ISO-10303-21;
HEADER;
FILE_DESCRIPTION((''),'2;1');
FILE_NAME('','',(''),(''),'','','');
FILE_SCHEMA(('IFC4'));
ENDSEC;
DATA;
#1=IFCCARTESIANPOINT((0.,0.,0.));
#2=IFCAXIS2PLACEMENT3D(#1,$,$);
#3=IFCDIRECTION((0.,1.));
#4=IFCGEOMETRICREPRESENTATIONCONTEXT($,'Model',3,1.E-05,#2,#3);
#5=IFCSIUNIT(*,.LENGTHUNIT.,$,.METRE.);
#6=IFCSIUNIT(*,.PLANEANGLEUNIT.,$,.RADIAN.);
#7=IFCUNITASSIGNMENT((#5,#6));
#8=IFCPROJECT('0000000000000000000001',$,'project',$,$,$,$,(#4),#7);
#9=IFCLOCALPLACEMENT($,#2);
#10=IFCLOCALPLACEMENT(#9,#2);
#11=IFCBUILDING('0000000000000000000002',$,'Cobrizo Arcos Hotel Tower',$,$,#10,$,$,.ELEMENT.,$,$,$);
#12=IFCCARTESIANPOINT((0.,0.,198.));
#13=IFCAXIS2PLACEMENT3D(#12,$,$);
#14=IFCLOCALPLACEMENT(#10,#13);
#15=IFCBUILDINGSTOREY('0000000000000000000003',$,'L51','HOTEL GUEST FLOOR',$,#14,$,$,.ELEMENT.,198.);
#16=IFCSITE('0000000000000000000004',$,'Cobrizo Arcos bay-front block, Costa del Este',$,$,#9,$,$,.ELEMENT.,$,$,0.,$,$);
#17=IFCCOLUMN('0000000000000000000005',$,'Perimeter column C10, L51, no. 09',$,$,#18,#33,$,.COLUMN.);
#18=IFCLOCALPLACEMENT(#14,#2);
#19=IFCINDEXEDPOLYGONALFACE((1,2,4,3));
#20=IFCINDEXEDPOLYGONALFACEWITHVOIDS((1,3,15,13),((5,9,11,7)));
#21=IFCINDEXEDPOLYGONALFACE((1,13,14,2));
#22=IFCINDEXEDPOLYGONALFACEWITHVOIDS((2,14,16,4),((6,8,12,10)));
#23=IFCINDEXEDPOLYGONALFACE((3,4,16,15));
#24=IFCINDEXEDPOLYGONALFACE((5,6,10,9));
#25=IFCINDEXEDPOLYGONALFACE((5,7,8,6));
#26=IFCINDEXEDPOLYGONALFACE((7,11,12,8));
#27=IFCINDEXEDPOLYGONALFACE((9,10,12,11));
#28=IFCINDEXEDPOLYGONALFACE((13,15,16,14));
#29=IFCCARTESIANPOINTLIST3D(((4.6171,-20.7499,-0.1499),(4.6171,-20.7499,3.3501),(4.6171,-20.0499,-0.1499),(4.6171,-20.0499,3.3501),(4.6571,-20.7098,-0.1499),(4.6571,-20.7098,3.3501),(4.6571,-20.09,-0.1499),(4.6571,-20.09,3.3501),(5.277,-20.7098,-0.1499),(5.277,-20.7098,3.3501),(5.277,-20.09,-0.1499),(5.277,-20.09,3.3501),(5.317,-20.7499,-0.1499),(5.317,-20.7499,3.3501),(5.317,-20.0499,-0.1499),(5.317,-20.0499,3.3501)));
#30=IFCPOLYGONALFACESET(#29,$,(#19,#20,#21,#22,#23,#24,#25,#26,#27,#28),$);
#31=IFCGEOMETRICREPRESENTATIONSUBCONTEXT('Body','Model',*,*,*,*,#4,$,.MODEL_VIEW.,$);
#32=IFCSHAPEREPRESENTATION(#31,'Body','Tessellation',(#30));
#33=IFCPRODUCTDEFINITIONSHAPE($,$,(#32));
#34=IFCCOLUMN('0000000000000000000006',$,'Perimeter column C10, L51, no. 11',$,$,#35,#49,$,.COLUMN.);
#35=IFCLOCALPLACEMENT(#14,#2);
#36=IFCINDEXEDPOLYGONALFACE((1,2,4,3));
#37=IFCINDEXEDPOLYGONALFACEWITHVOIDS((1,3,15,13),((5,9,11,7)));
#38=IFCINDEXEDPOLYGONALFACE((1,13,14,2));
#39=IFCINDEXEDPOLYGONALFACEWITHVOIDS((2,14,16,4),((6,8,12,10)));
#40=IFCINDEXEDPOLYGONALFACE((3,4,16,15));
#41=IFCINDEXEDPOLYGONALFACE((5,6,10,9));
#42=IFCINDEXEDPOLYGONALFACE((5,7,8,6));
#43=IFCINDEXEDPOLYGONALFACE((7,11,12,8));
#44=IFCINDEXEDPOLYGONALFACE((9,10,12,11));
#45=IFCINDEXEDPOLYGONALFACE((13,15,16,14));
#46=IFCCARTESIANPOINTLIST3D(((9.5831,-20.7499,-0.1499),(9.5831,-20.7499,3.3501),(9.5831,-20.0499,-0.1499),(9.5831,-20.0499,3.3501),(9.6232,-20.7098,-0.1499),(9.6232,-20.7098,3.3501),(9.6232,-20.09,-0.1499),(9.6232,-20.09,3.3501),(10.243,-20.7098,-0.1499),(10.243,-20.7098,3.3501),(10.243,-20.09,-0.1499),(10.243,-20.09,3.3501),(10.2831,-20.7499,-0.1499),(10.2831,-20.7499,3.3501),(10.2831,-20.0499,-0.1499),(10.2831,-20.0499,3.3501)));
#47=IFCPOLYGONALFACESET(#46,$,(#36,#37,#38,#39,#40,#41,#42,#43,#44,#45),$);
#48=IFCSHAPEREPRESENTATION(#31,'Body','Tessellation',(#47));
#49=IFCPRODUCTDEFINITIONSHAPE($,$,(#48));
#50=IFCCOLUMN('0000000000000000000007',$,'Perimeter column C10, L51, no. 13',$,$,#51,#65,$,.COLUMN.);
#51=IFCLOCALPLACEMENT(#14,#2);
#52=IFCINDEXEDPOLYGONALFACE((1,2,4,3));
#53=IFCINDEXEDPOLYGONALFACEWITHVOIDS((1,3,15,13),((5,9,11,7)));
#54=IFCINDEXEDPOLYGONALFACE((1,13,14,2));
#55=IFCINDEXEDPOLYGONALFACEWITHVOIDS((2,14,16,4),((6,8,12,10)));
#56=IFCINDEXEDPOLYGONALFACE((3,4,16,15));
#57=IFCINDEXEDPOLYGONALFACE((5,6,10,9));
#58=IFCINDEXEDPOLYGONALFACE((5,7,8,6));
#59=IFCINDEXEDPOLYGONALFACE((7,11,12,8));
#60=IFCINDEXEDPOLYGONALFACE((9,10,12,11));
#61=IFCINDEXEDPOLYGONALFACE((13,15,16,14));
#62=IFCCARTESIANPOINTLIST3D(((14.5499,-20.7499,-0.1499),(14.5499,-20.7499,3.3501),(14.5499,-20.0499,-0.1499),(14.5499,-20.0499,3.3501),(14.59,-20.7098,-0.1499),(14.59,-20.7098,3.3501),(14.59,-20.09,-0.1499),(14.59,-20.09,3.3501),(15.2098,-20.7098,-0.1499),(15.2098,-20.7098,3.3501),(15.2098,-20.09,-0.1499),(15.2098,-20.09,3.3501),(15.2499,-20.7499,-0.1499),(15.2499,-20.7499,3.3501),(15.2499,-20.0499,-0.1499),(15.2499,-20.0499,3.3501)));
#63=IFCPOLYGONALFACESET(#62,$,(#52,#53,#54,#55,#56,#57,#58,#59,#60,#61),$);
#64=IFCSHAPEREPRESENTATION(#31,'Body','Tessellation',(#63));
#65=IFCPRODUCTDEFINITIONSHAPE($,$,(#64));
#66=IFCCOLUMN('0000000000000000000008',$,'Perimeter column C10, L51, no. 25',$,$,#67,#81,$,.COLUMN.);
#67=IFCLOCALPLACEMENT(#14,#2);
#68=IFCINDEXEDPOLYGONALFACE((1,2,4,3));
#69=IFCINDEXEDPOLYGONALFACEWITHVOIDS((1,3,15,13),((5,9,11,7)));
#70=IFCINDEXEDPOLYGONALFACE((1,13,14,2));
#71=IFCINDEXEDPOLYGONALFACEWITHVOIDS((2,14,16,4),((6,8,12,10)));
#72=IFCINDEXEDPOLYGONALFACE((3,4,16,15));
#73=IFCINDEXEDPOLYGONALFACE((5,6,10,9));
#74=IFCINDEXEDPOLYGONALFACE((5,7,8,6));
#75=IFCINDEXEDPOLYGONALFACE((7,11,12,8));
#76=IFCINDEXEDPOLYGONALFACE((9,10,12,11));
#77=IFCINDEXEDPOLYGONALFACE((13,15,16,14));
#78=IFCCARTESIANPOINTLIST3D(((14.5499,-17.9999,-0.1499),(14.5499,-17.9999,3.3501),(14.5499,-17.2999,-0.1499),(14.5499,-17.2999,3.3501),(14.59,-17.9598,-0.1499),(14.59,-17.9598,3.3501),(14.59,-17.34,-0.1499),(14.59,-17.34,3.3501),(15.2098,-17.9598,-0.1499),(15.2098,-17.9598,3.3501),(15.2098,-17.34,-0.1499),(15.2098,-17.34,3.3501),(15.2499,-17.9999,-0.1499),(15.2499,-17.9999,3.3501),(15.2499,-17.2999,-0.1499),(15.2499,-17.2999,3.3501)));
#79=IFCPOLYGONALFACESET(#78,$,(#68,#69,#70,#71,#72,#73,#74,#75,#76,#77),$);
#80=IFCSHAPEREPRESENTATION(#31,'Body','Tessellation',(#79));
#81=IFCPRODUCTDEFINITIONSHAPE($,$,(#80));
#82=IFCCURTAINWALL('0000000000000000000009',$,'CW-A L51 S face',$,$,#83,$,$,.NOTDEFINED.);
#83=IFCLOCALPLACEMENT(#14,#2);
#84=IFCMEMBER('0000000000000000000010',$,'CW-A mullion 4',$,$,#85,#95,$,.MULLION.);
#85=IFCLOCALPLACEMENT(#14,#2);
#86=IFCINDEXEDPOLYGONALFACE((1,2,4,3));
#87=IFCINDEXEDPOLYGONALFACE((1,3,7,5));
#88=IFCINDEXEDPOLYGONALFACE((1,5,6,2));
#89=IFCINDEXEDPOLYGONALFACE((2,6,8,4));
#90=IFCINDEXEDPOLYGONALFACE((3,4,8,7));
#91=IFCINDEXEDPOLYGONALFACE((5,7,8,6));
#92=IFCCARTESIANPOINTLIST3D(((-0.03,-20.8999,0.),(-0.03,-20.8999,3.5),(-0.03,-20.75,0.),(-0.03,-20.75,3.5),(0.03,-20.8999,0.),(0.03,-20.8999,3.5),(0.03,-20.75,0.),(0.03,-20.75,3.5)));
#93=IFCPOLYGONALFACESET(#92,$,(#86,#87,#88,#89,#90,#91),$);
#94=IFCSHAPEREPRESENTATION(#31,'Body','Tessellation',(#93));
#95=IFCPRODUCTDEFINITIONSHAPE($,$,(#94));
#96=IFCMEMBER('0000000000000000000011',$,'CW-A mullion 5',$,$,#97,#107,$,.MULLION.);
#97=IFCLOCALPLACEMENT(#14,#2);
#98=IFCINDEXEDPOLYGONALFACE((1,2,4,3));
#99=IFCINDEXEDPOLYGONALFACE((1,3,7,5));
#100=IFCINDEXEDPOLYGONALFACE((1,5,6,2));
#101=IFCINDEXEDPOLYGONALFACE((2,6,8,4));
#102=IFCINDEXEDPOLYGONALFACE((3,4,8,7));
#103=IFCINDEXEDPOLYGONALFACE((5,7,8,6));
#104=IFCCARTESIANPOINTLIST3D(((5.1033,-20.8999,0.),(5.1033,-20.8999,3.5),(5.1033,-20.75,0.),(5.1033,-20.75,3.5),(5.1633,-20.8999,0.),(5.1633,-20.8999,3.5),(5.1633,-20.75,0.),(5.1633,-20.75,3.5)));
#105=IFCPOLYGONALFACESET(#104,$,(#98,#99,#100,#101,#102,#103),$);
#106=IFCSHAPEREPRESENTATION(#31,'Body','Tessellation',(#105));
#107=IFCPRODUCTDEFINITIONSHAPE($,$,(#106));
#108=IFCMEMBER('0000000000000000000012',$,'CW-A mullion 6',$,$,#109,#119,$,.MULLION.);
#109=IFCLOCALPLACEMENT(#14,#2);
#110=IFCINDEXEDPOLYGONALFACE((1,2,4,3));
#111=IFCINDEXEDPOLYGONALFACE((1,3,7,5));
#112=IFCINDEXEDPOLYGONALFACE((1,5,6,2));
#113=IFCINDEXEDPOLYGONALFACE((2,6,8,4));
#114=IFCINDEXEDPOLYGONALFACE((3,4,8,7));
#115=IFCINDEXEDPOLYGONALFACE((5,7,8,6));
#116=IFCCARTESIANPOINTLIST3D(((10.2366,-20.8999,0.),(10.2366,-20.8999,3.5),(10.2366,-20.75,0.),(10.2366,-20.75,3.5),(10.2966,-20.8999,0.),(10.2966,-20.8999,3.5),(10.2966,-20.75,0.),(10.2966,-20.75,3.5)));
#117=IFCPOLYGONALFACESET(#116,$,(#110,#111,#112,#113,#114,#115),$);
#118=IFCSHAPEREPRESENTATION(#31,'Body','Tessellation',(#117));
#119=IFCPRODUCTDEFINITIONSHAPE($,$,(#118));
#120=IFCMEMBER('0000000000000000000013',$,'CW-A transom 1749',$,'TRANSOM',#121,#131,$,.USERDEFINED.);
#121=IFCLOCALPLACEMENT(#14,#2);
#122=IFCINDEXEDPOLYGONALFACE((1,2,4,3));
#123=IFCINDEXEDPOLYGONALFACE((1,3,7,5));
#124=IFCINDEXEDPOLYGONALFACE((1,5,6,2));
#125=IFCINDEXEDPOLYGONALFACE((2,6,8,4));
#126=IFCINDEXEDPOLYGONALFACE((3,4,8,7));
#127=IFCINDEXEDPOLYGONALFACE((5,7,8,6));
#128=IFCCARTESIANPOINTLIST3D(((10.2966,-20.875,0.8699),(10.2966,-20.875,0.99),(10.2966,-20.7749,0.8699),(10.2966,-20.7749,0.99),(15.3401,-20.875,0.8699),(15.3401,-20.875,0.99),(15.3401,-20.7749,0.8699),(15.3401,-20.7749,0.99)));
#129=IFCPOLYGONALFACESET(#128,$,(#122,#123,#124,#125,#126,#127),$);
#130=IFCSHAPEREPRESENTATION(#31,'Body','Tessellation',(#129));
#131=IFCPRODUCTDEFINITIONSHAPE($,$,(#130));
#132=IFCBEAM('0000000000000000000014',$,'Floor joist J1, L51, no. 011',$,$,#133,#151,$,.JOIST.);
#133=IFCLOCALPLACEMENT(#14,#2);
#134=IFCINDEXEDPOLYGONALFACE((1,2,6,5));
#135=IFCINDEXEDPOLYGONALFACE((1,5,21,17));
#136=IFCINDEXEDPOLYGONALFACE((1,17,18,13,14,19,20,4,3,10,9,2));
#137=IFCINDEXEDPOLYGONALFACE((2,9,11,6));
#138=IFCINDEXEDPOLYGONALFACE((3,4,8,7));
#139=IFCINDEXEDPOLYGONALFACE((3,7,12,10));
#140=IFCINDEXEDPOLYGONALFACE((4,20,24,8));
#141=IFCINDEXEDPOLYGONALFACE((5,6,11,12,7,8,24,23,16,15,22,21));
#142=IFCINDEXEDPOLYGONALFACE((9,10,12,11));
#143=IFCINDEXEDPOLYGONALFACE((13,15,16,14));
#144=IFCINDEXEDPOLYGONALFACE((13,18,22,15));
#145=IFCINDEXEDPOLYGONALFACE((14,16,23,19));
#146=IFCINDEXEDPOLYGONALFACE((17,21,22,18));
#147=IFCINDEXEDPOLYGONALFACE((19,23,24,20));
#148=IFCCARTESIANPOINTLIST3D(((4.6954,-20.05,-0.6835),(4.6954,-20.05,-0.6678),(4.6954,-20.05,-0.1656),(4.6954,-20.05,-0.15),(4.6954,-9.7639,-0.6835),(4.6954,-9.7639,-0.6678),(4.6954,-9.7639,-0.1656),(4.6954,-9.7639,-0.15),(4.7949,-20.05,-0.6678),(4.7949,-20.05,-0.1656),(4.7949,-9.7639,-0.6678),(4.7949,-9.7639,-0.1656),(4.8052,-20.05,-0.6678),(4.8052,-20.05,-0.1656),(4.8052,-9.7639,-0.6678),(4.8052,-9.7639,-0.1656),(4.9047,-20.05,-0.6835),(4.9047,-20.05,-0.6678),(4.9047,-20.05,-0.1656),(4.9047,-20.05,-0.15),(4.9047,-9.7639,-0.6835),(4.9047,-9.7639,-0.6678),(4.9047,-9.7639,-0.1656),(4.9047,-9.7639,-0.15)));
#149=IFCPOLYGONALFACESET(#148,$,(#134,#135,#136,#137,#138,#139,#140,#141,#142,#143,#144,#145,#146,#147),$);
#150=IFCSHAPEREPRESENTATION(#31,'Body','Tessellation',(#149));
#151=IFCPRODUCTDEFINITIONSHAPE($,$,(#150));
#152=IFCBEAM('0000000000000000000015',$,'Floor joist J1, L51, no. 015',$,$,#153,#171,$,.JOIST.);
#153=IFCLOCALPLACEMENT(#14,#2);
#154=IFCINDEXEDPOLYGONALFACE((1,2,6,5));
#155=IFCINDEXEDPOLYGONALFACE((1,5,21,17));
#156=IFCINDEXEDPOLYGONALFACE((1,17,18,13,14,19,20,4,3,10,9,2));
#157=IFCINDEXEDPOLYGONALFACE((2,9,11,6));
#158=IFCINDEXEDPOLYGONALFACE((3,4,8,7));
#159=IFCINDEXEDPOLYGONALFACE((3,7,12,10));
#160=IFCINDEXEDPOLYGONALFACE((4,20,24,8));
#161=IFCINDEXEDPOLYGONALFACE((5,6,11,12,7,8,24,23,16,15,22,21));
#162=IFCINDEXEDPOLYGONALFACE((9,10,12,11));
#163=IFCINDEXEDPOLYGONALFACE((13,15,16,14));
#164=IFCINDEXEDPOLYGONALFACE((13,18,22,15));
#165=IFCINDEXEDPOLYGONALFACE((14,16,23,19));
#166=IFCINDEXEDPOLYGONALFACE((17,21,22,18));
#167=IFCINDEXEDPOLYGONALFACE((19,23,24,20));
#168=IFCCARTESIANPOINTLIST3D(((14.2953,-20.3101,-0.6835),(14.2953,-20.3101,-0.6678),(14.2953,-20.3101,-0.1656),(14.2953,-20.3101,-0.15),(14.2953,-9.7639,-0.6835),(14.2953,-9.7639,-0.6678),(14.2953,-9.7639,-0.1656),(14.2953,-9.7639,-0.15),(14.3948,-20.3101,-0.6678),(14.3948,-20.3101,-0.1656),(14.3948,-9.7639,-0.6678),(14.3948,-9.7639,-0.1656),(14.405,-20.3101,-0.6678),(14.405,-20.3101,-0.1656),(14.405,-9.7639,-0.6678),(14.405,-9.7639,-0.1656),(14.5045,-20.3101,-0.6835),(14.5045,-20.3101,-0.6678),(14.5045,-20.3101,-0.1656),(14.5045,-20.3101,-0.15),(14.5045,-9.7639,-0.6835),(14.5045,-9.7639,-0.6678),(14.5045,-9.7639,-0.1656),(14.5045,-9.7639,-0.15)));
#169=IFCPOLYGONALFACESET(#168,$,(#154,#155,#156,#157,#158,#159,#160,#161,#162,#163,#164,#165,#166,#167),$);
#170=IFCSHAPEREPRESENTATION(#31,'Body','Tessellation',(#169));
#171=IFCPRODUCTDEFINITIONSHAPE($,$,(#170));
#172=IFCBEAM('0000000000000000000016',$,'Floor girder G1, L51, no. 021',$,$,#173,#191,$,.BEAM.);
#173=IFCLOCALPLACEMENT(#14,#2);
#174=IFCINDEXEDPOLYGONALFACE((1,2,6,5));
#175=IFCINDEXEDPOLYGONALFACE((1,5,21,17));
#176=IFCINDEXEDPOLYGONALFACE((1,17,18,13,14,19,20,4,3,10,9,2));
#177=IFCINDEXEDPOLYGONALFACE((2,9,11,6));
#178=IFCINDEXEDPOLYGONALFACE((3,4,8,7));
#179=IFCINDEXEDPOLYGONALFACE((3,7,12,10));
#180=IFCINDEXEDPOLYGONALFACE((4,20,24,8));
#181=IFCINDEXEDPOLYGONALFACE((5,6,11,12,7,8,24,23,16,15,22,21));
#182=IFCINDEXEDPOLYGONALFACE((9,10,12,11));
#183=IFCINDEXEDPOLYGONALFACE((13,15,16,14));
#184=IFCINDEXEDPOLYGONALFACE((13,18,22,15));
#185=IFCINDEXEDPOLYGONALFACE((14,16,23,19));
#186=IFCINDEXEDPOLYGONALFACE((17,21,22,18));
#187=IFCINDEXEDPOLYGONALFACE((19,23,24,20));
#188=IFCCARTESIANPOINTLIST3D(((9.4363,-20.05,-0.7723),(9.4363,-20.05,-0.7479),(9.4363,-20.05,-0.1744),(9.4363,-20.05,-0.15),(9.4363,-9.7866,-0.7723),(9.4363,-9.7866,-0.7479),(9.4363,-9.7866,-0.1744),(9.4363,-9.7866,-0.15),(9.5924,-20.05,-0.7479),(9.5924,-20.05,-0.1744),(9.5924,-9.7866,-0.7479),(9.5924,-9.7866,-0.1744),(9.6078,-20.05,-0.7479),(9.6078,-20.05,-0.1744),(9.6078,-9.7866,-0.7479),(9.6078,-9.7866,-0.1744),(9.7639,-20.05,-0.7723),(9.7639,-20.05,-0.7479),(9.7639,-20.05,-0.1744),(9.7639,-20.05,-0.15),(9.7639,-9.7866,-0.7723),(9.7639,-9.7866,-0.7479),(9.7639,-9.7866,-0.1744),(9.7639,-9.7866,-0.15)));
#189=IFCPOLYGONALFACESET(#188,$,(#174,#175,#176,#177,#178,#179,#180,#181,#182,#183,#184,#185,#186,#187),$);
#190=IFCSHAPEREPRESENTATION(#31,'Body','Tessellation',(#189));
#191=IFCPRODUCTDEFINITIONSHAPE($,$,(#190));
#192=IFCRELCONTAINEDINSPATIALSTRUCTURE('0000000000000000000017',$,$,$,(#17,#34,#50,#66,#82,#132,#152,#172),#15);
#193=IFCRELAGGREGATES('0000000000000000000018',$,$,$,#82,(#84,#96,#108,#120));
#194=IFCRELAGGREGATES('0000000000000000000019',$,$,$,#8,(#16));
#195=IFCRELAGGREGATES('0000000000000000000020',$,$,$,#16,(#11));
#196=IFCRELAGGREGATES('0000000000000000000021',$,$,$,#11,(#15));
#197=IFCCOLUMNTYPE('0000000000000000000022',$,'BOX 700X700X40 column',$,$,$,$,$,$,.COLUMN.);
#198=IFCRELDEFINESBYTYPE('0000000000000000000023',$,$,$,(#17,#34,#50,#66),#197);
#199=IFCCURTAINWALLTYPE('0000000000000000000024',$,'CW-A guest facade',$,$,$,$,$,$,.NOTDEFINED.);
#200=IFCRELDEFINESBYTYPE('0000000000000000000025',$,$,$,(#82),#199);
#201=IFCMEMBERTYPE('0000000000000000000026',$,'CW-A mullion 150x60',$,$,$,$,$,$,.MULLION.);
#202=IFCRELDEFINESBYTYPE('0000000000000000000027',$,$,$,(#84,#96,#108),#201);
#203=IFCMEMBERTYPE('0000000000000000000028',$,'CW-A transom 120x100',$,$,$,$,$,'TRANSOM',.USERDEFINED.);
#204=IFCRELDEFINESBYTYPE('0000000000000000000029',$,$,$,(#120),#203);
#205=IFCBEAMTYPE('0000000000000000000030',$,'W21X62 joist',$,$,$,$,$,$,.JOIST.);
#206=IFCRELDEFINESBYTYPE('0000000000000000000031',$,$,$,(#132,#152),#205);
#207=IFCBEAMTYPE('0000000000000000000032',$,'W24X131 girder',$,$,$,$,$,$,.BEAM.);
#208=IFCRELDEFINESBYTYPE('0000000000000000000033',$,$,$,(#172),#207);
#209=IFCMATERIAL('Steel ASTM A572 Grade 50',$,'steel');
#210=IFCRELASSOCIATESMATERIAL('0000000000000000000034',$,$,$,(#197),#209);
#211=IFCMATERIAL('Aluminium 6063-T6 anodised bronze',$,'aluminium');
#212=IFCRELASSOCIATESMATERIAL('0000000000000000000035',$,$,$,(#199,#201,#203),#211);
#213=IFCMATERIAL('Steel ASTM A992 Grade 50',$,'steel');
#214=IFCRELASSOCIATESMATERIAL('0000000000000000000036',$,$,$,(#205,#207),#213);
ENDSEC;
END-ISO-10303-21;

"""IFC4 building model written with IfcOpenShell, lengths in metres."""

from ifc_helpers import new_model, si_unit, direction, frame, origin, origin_2d, place, context, subcontext, project, spatial, rectangle, hollow_rectangle, i_section, extrude, material, material_profile, profile_set, type_object, element, aggregate, save


model = new_model("IFC4")

# Units and contexts
model_context = context("Model", 3, precision=1e-05, world=origin(), true_north=direction((0.0, 1.0)))
body_context = subcontext(model_context, "Body", "Model", "MODEL_VIEW")
ifc_project = project(units=[si_unit("LENGTHUNIT", "METRE"), si_unit("PLANEANGLEUNIT", "RADIAN")], contexts=[model_context])

# Site, building, storey
site_placement = place(None, origin())
site = spatial("IfcSite", under=ifc_project, at=site_placement, Name="Cobrizo Arcos bay-front block, Costa del Este", CompositionType="ELEMENT", RefElevation=0.0)
building_placement = place(site_placement, origin())
building = spatial("IfcBuilding", under=site, at=building_placement, Name="Cobrizo Arcos Hotel Tower", CompositionType="ELEMENT")
storey_placement = place(building_placement, frame((0.0, 0.0, 198.0)))
storey = spatial("IfcBuildingStorey", under=building, at=storey_placement, Name="L51", Description="HOTEL GUEST FLOOR", CompositionType="ELEMENT", Elevation=198.0)

# Columns
ifc_material_1 = material(Name="Steel ASTM A572 Grade 50", Category="steel")
ifc_material_profile_1 = material_profile(ifc_material_1, hollow_rectangle(XDim=0.7, YDim=0.7, WallThickness=0.04, at=origin_2d()), Name="BOX 700X700X40")
ifc_profile_set_1 = profile_set([ifc_material_profile_1], Name="Steel ASTM A572 Grade 50")
column_type = type_object("IfcColumnType", Name="BOX 700X700X40 column", PredefinedType="COLUMN", material=ifc_profile_set_1)
for number, where, z_axis, x_axis, name in (
    (1, (4.967, -20.3999, -0.1499), (0.0, 0.0, 1.0), (1.0, 0.0, 0.0), "Perimeter column C10, L51, no. 09"),
    (2, (9.9331, -20.3999, -0.1499), (0.0, 0.0, 1.0), (1.0, 0.0, 0.0), "Perimeter column C10, L51, no. 11"),
    (3, (14.8999, -20.3999, -0.1499), (0.0, 0.0, 1.0), (1.0, 0.0, 0.0), "Perimeter column C10, L51, no. 13"),
    (4, (14.8999, -17.6499, -0.1499), (0.0, 0.0, 1.0), (1.0, 0.0, 0.0), "Perimeter column C10, L51, no. 25"),
):
    element("IfcColumn", number, at=place(storey_placement, frame(where, z_axis=z_axis, x_axis=x_axis)), inside=storey, type_object=column_type, Name=name, PredefinedType="COLUMN", context=body_context, shape_type="SweptSolid", body=[
        extrude(hollow_rectangle(XDim=0.7, YDim=0.7, WallThickness=0.04, at=origin_2d()), origin(), (0.0, 0.0, 1.0), 3.5),
    ])

# Curtain wall, members
ifc_material_2 = material(Name="Aluminium 6063-T6 anodised bronze", Category="aluminium")
curtain_wall_type = type_object("IfcCurtainWallType", Name="CW-A guest facade", PredefinedType="NOTDEFINED", material=ifc_material_2)
curtain_wall_placement = place(storey_placement, origin())
curtain_wall = element("IfcCurtainWall", 5, at=curtain_wall_placement, inside=storey, type_object=curtain_wall_type, Name="CW-A L51 S face", PredefinedType="NOTDEFINED")
ifc_material_profile_2 = material_profile(ifc_material_2, rectangle(XDim=0.1499, YDim=0.0601, at=origin_2d()), Name="CW-A mullion 150x60")
ifc_profile_set_2 = profile_set([ifc_material_profile_2], Name="Aluminium 6063-T6 anodised bronze")
member_type_1 = type_object("IfcMemberType", Name="CW-A mullion 150x60", PredefinedType="MULLION", material=ifc_profile_set_2)
member_1_placement = place(storey_placement, frame((0.0, -20.825, 0.0), z_axis=(0.0, 0.0, 1.0), x_axis=(0.0, -1.0, 0.0)))
member_1 = element("IfcMember", 6, at=member_1_placement, type_object=member_type_1, Name="CW-A mullion 4", PredefinedType="MULLION", context=body_context, shape_type="SweptSolid", body=[
    extrude(rectangle(XDim=0.1499, YDim=0.0601, at=origin_2d()), origin(), (0.0, 0.0, 1.0), 3.5),
])
member_2_placement = place(storey_placement, frame((5.1333, -20.825, 0.0), z_axis=(0.0, 0.0, 1.0), x_axis=(0.0, -1.0, 0.0)))
member_2 = element("IfcMember", 7, at=member_2_placement, type_object=member_type_1, Name="CW-A mullion 5", PredefinedType="MULLION", context=body_context, shape_type="SweptSolid", body=[
    extrude(rectangle(XDim=0.1499, YDim=0.0601, at=origin_2d()), origin(), (0.0, 0.0, 1.0), 3.5),
])
member_3_placement = place(storey_placement, frame((10.2666, -20.825, 0.0), z_axis=(0.0, 0.0, 1.0), x_axis=(0.0, -1.0, 0.0)))
member_3 = element("IfcMember", 8, at=member_3_placement, type_object=member_type_1, Name="CW-A mullion 6", PredefinedType="MULLION", context=body_context, shape_type="SweptSolid", body=[
    extrude(rectangle(XDim=0.1499, YDim=0.0601, at=origin_2d()), origin(), (0.0, 0.0, 1.0), 3.5),
])
ifc_material_profile_3 = material_profile(ifc_material_2, rectangle(XDim=0.1001, YDim=0.1201, at=origin_2d()), Name="CW-A transom 120x100")
ifc_profile_set_3 = profile_set([ifc_material_profile_3], Name="Aluminium 6063-T6 anodised bronze")
member_type_2 = type_object("IfcMemberType", Name="CW-A transom 120x100", ElementType="TRANSOM", PredefinedType="USERDEFINED", material=ifc_profile_set_3)
member_4_placement = place(storey_placement, frame((10.2966, -20.825, 0.9299), z_axis=(1.0, 0.0, 0.0), x_axis=(0.0, 1.0, 0.0)))
member_4 = element("IfcMember", 9, at=member_4_placement, type_object=member_type_2, Name="CW-A transom 1749", ObjectType="TRANSOM", PredefinedType="USERDEFINED", context=body_context, shape_type="SweptSolid", body=[
    extrude(rectangle(XDim=0.1001, YDim=0.1201, at=origin_2d()), origin(), (0.0, 0.0, 1.0), 5.0435),
])

# Beams
ifc_material_3 = material(Name="Steel ASTM A992 Grade 50", Category="steel")
ifc_material_profile_4 = material_profile(ifc_material_3, i_section(OverallWidth=0.2092, OverallDepth=0.5334, WebThickness=0.0103, FlangeThickness=0.0156, at=origin_2d()), Name="W21X62")
ifc_profile_set_4 = profile_set([ifc_material_profile_4], Name="Steel ASTM A992 Grade 50")
beam_type_1 = type_object("IfcBeamType", Name="W21X62 joist", PredefinedType="JOIST", material=ifc_profile_set_4)
beam_1_placement = place(storey_placement, frame((4.8, -20.05, -0.4167), z_axis=(0.0, 1.0, 0.0), x_axis=(-1.0, 0.0, 0.0)))
element("IfcBeam", 10, at=beam_1_placement, inside=storey, type_object=beam_type_1, Name="Floor joist J1, L51, no. 011", PredefinedType="JOIST", context=body_context, shape_type="SweptSolid", body=[
    extrude(i_section(OverallWidth=0.2092, OverallDepth=0.5334, WebThickness=0.0103, FlangeThickness=0.0156, at=origin_2d()), origin(), (0.0, 0.0, 1.0), 10.2861),
])
beam_2_placement = place(storey_placement, frame((14.3999, -20.3101, -0.4167), z_axis=(0.0, 1.0, 0.0), x_axis=(-1.0, 0.0, 0.0)))
element("IfcBeam", 11, at=beam_2_placement, inside=storey, type_object=beam_type_1, Name="Floor joist J1, L51, no. 015", PredefinedType="JOIST", context=body_context, shape_type="SweptSolid", body=[
    extrude(i_section(OverallWidth=0.2092, OverallDepth=0.5334, WebThickness=0.0103, FlangeThickness=0.0156, at=origin_2d()), origin(), (0.0, 0.0, 1.0), 10.5461),
])
ifc_material_profile_5 = material_profile(ifc_material_3, i_section(OverallWidth=0.3276, OverallDepth=0.6223, WebThickness=0.0154, FlangeThickness=0.0244, at=origin_2d()), Name="W24X131")
ifc_profile_set_5 = profile_set([ifc_material_profile_5], Name="Steel ASTM A992 Grade 50")
beam_type_2 = type_object("IfcBeamType", Name="W24X131 girder", PredefinedType="BEAM", material=ifc_profile_set_5)
beam_3_placement = place(storey_placement, frame((9.6001, -20.05, -0.4612), z_axis=(0.0, 1.0, 0.0), x_axis=(-1.0, 0.0, 0.0)))
element("IfcBeam", 12, at=beam_3_placement, inside=storey, type_object=beam_type_2, Name="Floor girder G1, L51, no. 021", PredefinedType="BEAM", context=body_context, shape_type="SweptSolid", body=[
    extrude(i_section(OverallWidth=0.3276, OverallDepth=0.6223, WebThickness=0.0154, FlangeThickness=0.0244, at=origin_2d()), origin(), (0.0, 0.0, 1.0), 10.2634),
])

aggregate(curtain_wall, [member_1, member_2, member_3, member_4])

save(model, "model.ifc")
